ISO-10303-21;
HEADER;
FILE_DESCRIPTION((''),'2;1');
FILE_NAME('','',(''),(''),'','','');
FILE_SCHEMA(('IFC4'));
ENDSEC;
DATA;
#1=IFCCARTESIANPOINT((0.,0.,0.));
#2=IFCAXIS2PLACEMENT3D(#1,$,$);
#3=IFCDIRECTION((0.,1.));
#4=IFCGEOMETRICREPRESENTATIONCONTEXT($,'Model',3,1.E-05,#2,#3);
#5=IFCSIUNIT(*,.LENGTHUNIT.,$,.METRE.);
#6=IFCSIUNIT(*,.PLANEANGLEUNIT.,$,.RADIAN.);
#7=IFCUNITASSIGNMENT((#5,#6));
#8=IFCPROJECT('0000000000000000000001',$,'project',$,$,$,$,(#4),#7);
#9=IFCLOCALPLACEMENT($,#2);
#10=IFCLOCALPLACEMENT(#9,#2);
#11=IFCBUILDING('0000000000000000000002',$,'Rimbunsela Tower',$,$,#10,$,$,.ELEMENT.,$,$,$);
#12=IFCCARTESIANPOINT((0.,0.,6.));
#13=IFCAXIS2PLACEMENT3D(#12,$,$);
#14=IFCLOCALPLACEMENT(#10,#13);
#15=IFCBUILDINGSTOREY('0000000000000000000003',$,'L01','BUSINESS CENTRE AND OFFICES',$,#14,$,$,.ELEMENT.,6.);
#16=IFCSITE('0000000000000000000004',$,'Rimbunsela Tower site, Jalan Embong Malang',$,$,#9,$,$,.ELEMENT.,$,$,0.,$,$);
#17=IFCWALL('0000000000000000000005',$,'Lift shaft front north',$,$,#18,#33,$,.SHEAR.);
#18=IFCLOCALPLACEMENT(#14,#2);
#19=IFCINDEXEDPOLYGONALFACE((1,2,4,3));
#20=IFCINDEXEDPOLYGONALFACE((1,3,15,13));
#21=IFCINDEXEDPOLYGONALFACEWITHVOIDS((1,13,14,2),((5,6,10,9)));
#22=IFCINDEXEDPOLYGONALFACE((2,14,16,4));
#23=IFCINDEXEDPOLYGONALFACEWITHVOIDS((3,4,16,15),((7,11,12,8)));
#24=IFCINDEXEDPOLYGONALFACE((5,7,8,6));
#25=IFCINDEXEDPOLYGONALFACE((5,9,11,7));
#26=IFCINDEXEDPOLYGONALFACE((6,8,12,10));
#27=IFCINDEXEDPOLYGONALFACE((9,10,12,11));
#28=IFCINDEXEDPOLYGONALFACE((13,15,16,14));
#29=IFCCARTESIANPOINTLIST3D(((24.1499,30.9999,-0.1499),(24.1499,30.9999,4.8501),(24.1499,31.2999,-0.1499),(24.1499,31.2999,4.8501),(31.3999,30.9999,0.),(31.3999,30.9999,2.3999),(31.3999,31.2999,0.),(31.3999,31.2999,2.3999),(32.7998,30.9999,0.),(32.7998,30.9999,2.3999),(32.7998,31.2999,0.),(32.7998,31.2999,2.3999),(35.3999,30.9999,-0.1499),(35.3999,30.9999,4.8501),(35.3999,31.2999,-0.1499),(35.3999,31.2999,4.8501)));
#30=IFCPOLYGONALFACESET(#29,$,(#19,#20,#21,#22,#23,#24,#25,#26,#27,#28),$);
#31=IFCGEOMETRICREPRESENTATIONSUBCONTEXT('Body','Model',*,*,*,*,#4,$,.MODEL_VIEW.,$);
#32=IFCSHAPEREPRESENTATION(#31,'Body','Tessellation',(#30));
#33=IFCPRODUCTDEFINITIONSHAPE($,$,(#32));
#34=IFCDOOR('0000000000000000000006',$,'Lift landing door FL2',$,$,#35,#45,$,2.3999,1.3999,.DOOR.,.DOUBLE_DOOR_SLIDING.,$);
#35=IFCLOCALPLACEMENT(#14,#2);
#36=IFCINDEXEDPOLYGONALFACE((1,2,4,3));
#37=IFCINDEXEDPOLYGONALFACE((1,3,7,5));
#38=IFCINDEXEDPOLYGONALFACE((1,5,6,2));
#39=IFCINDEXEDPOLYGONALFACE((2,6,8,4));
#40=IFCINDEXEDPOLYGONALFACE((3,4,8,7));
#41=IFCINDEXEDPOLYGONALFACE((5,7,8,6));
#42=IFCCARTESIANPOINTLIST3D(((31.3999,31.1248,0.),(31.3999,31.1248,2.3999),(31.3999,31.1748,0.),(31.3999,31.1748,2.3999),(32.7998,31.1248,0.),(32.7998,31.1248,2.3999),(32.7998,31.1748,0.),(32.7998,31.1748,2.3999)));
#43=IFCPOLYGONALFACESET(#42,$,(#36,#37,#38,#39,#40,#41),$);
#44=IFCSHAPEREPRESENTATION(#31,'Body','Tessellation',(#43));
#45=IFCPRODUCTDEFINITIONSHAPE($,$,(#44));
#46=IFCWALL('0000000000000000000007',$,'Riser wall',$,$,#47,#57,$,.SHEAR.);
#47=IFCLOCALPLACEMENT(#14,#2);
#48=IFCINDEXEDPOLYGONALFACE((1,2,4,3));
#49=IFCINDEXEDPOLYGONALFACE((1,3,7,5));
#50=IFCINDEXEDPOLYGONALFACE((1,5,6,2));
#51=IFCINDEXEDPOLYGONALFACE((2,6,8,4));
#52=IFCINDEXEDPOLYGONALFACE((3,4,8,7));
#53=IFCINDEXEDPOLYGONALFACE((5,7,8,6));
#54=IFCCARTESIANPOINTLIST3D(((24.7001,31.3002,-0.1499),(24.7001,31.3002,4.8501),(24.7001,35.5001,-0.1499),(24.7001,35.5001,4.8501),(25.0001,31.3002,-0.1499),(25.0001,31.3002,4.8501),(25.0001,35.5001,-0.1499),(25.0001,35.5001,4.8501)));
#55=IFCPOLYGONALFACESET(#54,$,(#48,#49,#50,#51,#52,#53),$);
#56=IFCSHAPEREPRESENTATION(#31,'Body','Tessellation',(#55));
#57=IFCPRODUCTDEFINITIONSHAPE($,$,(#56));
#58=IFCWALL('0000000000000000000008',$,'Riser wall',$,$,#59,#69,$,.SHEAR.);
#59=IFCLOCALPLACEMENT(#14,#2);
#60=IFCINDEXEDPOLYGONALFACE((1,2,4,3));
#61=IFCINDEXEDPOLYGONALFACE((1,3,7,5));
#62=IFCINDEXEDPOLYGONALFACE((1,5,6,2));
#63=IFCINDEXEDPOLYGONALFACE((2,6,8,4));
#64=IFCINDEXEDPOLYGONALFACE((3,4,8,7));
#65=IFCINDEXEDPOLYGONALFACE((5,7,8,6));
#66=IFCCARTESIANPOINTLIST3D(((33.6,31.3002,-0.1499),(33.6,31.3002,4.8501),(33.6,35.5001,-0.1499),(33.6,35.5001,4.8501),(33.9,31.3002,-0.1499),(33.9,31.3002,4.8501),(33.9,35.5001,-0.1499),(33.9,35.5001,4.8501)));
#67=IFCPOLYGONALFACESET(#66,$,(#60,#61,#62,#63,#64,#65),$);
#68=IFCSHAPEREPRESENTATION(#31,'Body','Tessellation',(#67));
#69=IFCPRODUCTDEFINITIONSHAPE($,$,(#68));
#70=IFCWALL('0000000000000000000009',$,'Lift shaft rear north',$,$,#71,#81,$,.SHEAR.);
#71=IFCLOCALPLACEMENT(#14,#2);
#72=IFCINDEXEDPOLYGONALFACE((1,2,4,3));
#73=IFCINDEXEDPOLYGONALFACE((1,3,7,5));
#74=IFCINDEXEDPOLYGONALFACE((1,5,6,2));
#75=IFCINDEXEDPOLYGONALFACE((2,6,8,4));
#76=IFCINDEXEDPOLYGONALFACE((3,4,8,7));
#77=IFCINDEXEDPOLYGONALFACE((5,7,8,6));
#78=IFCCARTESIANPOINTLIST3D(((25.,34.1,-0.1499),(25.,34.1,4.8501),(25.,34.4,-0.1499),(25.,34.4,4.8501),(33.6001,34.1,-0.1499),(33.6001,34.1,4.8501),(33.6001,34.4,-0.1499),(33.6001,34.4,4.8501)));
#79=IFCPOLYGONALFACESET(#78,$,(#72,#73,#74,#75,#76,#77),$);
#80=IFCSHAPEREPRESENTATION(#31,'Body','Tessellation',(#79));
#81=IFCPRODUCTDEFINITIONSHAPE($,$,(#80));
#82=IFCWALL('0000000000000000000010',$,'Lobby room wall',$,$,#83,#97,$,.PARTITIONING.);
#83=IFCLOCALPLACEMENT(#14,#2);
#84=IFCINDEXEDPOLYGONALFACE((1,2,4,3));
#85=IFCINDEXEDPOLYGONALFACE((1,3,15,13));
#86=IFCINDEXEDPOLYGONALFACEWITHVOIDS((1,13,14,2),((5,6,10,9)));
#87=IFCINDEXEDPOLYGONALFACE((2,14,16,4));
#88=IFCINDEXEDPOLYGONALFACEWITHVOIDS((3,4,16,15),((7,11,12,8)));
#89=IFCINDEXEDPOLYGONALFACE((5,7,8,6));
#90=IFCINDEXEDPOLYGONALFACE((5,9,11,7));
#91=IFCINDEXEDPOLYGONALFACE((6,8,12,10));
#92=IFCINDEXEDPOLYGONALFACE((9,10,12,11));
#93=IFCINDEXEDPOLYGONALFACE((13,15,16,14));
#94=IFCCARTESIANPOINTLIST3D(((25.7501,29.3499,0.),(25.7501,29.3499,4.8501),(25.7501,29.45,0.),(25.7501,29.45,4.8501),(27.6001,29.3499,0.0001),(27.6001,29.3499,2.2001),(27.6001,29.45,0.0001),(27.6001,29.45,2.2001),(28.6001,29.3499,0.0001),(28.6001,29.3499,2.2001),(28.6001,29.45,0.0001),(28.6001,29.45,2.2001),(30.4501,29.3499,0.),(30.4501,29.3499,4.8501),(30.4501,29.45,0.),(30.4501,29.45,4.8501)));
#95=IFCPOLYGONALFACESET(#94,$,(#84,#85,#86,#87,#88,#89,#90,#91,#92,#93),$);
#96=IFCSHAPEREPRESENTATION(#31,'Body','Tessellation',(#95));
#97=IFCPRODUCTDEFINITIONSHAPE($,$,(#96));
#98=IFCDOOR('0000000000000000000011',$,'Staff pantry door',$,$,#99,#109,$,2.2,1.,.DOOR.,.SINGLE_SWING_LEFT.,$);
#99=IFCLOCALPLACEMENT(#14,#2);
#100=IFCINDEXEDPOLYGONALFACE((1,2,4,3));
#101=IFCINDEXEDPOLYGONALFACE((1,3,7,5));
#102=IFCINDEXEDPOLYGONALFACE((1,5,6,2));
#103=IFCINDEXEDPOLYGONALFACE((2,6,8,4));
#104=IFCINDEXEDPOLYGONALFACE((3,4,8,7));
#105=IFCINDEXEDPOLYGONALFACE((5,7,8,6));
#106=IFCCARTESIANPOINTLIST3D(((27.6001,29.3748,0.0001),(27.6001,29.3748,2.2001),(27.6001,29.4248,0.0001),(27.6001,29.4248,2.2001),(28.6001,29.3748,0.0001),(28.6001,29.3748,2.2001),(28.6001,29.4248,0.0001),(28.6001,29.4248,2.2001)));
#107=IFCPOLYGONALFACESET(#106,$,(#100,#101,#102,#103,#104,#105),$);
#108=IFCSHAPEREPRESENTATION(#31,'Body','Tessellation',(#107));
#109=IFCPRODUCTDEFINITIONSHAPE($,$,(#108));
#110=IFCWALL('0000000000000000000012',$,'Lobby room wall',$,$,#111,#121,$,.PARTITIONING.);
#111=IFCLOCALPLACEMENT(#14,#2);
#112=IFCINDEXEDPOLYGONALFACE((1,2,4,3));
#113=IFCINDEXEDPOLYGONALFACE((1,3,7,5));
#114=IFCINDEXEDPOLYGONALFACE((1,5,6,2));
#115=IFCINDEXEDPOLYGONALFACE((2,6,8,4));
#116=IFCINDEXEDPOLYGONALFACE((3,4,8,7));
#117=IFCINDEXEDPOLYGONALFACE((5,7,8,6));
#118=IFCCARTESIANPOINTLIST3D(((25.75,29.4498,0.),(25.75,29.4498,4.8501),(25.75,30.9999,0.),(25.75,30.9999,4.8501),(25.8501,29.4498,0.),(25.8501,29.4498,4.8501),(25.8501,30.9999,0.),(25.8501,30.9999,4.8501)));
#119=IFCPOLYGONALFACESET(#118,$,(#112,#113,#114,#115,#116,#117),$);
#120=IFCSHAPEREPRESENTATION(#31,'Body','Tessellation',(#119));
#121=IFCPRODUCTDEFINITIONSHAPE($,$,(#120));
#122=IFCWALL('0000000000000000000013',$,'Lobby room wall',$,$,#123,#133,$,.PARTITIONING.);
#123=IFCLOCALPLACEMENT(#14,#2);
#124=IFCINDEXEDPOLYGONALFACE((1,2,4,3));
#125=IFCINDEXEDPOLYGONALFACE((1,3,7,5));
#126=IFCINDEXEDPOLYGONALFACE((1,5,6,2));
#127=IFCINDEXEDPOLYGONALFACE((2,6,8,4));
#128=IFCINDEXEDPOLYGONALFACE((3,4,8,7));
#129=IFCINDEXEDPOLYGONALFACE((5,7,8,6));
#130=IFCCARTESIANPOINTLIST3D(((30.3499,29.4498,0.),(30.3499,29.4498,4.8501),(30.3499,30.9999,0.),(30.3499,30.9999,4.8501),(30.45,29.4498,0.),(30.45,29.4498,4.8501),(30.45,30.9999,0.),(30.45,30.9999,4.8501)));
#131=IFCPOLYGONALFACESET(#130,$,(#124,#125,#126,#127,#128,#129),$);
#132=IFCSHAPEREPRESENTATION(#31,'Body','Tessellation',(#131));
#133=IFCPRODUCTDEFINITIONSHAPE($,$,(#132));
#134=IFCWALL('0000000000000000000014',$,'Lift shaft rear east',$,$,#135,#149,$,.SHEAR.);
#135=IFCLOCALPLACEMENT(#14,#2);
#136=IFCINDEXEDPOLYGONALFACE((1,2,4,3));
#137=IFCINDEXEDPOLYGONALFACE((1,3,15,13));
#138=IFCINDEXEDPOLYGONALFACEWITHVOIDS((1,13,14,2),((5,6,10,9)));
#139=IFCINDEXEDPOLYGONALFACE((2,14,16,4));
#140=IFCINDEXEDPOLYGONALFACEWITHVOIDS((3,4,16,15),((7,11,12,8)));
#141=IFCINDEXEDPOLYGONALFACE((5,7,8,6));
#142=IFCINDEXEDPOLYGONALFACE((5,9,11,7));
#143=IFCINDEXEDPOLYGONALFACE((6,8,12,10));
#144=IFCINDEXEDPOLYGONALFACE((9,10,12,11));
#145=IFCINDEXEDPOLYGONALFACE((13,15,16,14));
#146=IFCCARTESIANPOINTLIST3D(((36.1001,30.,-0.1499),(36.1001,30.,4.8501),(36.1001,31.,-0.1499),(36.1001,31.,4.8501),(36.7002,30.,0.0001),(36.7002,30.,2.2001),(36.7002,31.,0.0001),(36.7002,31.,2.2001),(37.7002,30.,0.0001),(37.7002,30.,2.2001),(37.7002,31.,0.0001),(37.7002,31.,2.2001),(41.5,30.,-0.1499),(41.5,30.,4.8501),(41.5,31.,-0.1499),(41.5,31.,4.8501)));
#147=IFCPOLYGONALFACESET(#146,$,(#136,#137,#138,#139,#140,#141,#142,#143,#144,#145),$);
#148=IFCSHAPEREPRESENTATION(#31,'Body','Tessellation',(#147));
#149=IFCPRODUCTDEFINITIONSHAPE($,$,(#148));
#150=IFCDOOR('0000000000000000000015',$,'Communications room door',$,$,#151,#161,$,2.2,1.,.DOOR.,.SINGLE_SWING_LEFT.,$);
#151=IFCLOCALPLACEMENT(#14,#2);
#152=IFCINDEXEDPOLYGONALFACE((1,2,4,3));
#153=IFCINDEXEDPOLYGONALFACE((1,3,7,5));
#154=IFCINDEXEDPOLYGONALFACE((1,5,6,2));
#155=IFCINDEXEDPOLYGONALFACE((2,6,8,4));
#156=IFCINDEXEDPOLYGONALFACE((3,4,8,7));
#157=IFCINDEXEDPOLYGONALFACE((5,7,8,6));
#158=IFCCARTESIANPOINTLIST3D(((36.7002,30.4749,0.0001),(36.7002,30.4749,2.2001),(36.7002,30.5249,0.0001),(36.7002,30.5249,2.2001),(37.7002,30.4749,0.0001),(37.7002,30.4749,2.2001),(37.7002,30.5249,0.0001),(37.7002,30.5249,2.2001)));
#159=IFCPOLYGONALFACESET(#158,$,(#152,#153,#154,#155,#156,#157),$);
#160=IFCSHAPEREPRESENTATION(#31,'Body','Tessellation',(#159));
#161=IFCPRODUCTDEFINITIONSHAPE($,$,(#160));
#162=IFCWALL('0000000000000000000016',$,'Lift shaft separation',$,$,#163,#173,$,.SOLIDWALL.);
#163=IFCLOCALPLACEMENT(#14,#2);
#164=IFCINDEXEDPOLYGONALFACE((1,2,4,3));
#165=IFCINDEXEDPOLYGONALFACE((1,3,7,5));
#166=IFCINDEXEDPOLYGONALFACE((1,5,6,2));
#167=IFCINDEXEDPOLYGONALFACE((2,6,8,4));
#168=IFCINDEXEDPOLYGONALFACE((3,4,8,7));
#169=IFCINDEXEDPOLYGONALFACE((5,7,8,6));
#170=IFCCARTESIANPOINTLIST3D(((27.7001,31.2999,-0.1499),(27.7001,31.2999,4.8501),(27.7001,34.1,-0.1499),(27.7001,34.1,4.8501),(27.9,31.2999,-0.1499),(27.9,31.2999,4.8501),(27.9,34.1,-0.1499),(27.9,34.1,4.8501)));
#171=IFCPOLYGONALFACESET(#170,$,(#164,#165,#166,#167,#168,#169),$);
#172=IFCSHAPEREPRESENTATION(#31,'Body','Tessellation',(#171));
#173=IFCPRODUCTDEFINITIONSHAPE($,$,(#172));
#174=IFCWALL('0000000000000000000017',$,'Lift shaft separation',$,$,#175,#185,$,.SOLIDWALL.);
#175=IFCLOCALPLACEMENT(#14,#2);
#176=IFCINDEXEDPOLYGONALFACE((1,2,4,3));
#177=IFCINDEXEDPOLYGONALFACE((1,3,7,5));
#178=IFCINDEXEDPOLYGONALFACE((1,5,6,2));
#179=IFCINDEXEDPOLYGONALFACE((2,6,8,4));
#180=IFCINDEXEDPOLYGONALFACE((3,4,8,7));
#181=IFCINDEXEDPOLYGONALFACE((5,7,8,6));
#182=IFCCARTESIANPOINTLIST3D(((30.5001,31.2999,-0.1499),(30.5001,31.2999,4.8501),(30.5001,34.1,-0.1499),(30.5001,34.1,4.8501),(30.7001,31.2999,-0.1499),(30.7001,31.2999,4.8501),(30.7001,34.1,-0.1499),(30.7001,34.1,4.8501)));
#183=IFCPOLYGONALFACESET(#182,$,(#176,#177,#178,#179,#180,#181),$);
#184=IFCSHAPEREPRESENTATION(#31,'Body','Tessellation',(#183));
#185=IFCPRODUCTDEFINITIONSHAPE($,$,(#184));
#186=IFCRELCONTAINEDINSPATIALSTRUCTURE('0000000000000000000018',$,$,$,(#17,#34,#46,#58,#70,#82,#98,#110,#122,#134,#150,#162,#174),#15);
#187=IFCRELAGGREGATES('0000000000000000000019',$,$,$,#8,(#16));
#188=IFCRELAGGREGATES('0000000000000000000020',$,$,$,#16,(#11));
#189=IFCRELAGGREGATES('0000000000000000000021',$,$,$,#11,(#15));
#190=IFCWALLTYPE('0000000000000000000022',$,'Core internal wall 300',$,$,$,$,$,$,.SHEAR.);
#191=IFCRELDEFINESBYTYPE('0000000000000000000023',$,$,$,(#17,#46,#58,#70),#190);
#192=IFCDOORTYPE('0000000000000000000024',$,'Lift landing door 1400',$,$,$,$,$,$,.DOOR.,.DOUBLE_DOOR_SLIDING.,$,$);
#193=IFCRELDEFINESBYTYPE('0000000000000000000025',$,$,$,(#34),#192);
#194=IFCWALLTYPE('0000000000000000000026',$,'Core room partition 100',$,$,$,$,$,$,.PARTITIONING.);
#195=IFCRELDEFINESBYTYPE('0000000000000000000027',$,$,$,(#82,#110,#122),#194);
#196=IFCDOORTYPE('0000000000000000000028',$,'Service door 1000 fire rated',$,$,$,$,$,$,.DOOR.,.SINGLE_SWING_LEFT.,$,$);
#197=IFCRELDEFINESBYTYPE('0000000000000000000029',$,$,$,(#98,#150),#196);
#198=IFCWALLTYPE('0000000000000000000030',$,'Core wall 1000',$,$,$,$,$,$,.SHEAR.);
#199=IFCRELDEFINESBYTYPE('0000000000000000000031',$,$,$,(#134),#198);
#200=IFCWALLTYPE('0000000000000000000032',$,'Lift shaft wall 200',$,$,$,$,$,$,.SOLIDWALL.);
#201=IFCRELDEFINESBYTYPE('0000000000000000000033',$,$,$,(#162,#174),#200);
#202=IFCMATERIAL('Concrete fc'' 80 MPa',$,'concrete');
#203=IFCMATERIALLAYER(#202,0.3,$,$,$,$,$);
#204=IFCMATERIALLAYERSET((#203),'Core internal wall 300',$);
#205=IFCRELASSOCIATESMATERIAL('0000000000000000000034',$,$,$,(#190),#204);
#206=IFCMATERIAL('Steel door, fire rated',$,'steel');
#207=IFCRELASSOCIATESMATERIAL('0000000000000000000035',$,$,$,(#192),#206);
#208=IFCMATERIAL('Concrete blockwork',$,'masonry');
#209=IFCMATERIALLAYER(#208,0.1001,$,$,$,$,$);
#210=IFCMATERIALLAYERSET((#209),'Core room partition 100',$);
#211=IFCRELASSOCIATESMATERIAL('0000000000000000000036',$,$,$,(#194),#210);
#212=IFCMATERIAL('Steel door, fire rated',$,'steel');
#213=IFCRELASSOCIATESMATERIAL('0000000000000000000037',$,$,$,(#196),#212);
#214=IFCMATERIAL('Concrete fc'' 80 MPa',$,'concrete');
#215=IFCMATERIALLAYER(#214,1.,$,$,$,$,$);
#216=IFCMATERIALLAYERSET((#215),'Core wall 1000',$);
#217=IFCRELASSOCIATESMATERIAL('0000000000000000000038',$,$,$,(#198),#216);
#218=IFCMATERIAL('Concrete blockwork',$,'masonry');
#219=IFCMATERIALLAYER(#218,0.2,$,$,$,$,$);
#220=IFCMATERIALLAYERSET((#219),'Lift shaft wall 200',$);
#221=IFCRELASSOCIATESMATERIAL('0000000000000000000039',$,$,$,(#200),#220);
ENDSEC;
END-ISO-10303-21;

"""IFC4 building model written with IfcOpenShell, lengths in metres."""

from ifc_helpers import new_model, si_unit, direction, frame, frame_2d, origin, place, context, subcontext, project, spatial, rectangle, extrude, material, layer, layer_set, type_object, element, fill, save


model = new_model("IFC4")

# Units and contexts
model_context = context("Model", 3, precision=1e-05, world=origin(), true_north=direction((0.0, 1.0)))
body_context = subcontext(model_context, "Body", "Model", "MODEL_VIEW")
ifc_project = project(units=[si_unit("LENGTHUNIT", "METRE"), si_unit("PLANEANGLEUNIT", "RADIAN")], contexts=[model_context])

# Site, building, storey
site_placement = place(None, origin())
site = spatial("IfcSite", under=ifc_project, at=site_placement, Name="Rimbunsela Tower site, Jalan Embong Malang", CompositionType="ELEMENT", RefElevation=0.0)
building_placement = place(site_placement, origin())
building = spatial("IfcBuilding", under=site, at=building_placement, Name="Rimbunsela Tower", CompositionType="ELEMENT")
storey_placement = place(building_placement, frame((0.0, 0.0, 6.0)))
storey = spatial("IfcBuildingStorey", under=building, at=storey_placement, Name="L01", Description="BUSINESS CENTRE AND OFFICES", CompositionType="ELEMENT", Elevation=6.0)

# Shared definitions
ifc_material_1 = material(Name="Concrete fc' 80 MPa", Category="concrete")
ifc_layer_1 = layer(ifc_material_1, 0.3)
ifc_layer_set_1 = layer_set([ifc_layer_1], Name="Core internal wall 300")
wall_type_1 = type_object("IfcWallType", Name="Core internal wall 300", PredefinedType="SHEAR", material=ifc_layer_set_1)

# Wall, opening, door
wall_1_placement = place(storey_placement, frame((24.1499, 31.1499, -0.1499), z_axis=(0.0, 0.0, 1.0), x_axis=(1.0, 0.0, 0.0)))
wall_1 = element("IfcWall", 1, at=wall_1_placement, inside=storey, type_object=wall_type_1, Name="Lift shaft front north", PredefinedType="SHEAR", context=body_context, shape_type="SweptSolid", body=[
    extrude(rectangle(XDim=11.25, YDim=0.3, at=frame_2d((5.625, 0.0))), origin(), (0.0, 0.0, 1.0), 5.0),
])
opening_1_placement = place(wall_1_placement, frame((7.25, 0.0, 0.1499)))
opening_1 = element("IfcOpeningElement", 2, at=opening_1_placement, cuts=wall_1, PredefinedType="OPENING", context=body_context, shape_type="SweptSolid", body=[
    extrude(rectangle(XDim=1.3999, YDim=2.3999, at=frame_2d((0.7, 1.2))), frame((0.0, 0.1599, 0.0), z_axis=(0.0, -1.0, 0.0), x_axis=(1.0, 0.0, 0.0)), (0.0, 0.0, 1.0), 0.3201),
])
ifc_material_2 = material(Name="Steel door, fire rated", Category="steel")
door_type_1 = type_object("IfcDoorType", Name="Lift landing door 1400", OperationType="DOUBLE_DOOR_SLIDING", PredefinedType="DOOR", material=ifc_material_2)
door_1_placement = place(opening_1_placement, origin())
door_1 = element("IfcDoor", 3, at=door_1_placement, inside=storey, type_object=door_type_1, Name="Lift landing door FL2", OperationType="DOUBLE_DOOR_SLIDING", OverallHeight=2.3999, OverallWidth=1.3999, PredefinedType="DOOR", context=body_context, shape_type="SweptSolid", body=[
    extrude(rectangle(XDim=1.3999, YDim=2.3999, at=frame_2d((0.7, 1.2))), frame((0.0, 0.0249, 0.0), z_axis=(0.0, -1.0, 0.0), x_axis=(1.0, 0.0, 0.0)), (0.0, 0.0, 1.0), 0.05),
])
fill(opening_1, door_1)

# Walls
for number, where, z_axis, x_axis, name in (
    (4, (24.8501, 31.3, -0.1499), (0.0, 0.0, 1.0), (0.0, 1.0, 0.0), "Riser wall"),
    (5, (33.75, 31.3, -0.1499), (0.0, 0.0, 1.0), (0.0, 1.0, 0.0), "Riser wall"),
):
    element("IfcWall", number, at=place(storey_placement, frame(where, z_axis=z_axis, x_axis=x_axis)), inside=storey, type_object=wall_type_1, Name=name, PredefinedType="SHEAR", context=body_context, shape_type="SweptSolid", body=[
        extrude(rectangle(XDim=4.2, YDim=0.3, at=frame_2d((2.1001, 0.0))), origin(), (0.0, 0.0, 1.0), 5.0),
    ])
wall_2_placement = place(storey_placement, frame((25.0, 34.25, -0.1499), z_axis=(0.0, 0.0, 1.0), x_axis=(1.0, 0.0, 0.0)))
element("IfcWall", 6, at=wall_2_placement, inside=storey, type_object=wall_type_1, Name="Lift shaft rear north", PredefinedType="SHEAR", context=body_context, shape_type="SweptSolid", body=[
    extrude(rectangle(XDim=8.6001, YDim=0.3, at=frame_2d((4.3, 0.0))), origin(), (0.0, 0.0, 1.0), 5.0),
])

# Wall, opening, door
ifc_material_3 = material(Name="Concrete blockwork", Category="masonry")
ifc_layer_2 = layer(ifc_material_3, 0.1001)
ifc_layer_set_2 = layer_set([ifc_layer_2], Name="Core room partition 100")
wall_type_2 = type_object("IfcWallType", Name="Core room partition 100", PredefinedType="PARTITIONING", material=ifc_layer_set_2)
wall_3_placement = place(storey_placement, frame((25.75, 29.3999, 0.0), z_axis=(0.0, 0.0, 1.0), x_axis=(1.0, 0.0, 0.0)))
wall_3 = element("IfcWall", 7, at=wall_3_placement, inside=storey, type_object=wall_type_2, Name="Lobby room wall", PredefinedType="PARTITIONING", context=body_context, shape_type="SweptSolid", body=[
    extrude(rectangle(XDim=4.7, YDim=0.1001, at=frame_2d((2.3501, 0.0))), origin(), (0.0, 0.0, 1.0), 4.8501),
])
opening_2_placement = place(wall_3_placement, frame((1.8501, 0.0, 0.0)))
opening_2 = element("IfcOpeningElement", 8, at=opening_2_placement, cuts=wall_3, PredefinedType="OPENING", context=body_context, shape_type="SweptSolid", body=[
    extrude(rectangle(XDim=1.0, YDim=2.2, at=frame_2d((0.5, 1.1001))), frame((0.0, 0.0601, 0.0), z_axis=(0.0, -1.0, 0.0), x_axis=(1.0, 0.0, 0.0)), (0.0, 0.0, 1.0), 0.1201),
])
ifc_material_4 = material(Name="Steel door, fire rated", Category="steel")
door_type_2 = type_object("IfcDoorType", Name="Service door 1000 fire rated", OperationType="SINGLE_SWING_LEFT", PredefinedType="DOOR", material=ifc_material_4)
door_2_placement = place(opening_2_placement, origin())
door_2 = element("IfcDoor", 9, at=door_2_placement, inside=storey, type_object=door_type_2, Name="Staff pantry door", OperationType="SINGLE_SWING_LEFT", OverallHeight=2.2, OverallWidth=1.0, PredefinedType="DOOR", context=body_context, shape_type="SweptSolid", body=[
    extrude(rectangle(XDim=1.0, YDim=2.2, at=frame_2d((0.5, 1.1001))), frame((0.0, 0.0249, 0.0), z_axis=(0.0, -1.0, 0.0), x_axis=(1.0, 0.0, 0.0)), (0.0, 0.0, 1.0), 0.05),
])
fill(opening_2, door_2)

# Walls
for number, where, z_axis, x_axis, name in (
    (10, (25.8, 29.45, 0.0), (0.0, 0.0, 1.0), (0.0, 1.0, 0.0), "Lobby room wall"),
    (11, (30.3999, 29.45, 0.0), (0.0, 0.0, 1.0), (0.0, 1.0, 0.0), "Lobby room wall"),
):
    element("IfcWall", number, at=place(storey_placement, frame(where, z_axis=z_axis, x_axis=x_axis)), inside=storey, type_object=wall_type_2, Name=name, PredefinedType="PARTITIONING", context=body_context, shape_type="SweptSolid", body=[
        extrude(rectangle(XDim=1.55, YDim=0.1001, at=frame_2d((0.7749, 0.0))), origin(), (0.0, 0.0, 1.0), 4.8501),
    ])

# Wall, opening, door
ifc_material_5 = material(Name="Concrete fc' 80 MPa", Category="concrete")
ifc_layer_3 = layer(ifc_material_5, 1.0)
ifc_layer_set_3 = layer_set([ifc_layer_3], Name="Core wall 1000")
wall_type_3 = type_object("IfcWallType", Name="Core wall 1000", PredefinedType="SHEAR", material=ifc_layer_set_3)
wall_4_placement = place(storey_placement, frame((36.1001, 30.5, -0.1499), z_axis=(0.0, 0.0, 1.0), x_axis=(1.0, 0.0, 0.0)))
wall_4 = element("IfcWall", 12, at=wall_4_placement, inside=storey, type_object=wall_type_3, Name="Lift shaft rear east", PredefinedType="SHEAR", context=body_context, shape_type="SweptSolid", body=[
    extrude(rectangle(XDim=5.3999, YDim=1.0, at=frame_2d((2.7, 0.0))), origin(), (0.0, 0.0, 1.0), 5.0),
])
opening_3_placement = place(wall_4_placement, frame((0.6001, 0.0, 0.1499)))
opening_3 = element("IfcOpeningElement", 13, at=opening_3_placement, cuts=wall_4, PredefinedType="OPENING", context=body_context, shape_type="SweptSolid", body=[
    extrude(rectangle(XDim=1.0, YDim=2.2, at=frame_2d((0.5, 1.1001))), frame((0.0, 0.51, 0.0), z_axis=(0.0, -1.0, 0.0), x_axis=(1.0, 0.0, 0.0)), (0.0, 0.0, 1.0), 1.02),
])
door_3_placement = place(opening_3_placement, origin())
door_3 = element("IfcDoor", 14, at=door_3_placement, inside=storey, type_object=door_type_2, Name="Communications room door", OperationType="SINGLE_SWING_LEFT", OverallHeight=2.2, OverallWidth=1.0, PredefinedType="DOOR", context=body_context, shape_type="SweptSolid", body=[
    extrude(rectangle(XDim=1.0, YDim=2.2, at=frame_2d((0.5, 1.1001))), frame((0.0, 0.0249, 0.0), z_axis=(0.0, -1.0, 0.0), x_axis=(1.0, 0.0, 0.0)), (0.0, 0.0, 1.0), 0.05),
])
fill(opening_3, door_3)

# Walls
ifc_material_6 = material(Name="Concrete blockwork", Category="masonry")
ifc_layer_4 = layer(ifc_material_6, 0.2)
ifc_layer_set_4 = layer_set([ifc_layer_4], Name="Lift shaft wall 200")
wall_type_4 = type_object("IfcWallType", Name="Lift shaft wall 200", PredefinedType="SOLIDWALL", material=ifc_layer_set_4)
for number, where, z_axis, x_axis, name in (
    (15, (27.8, 31.3, -0.1499), (0.0, 0.0, 1.0), (0.0, 1.0, 0.0), "Lift shaft separation"),
    (16, (30.6001, 31.3, -0.1499), (0.0, 0.0, 1.0), (0.0, 1.0, 0.0), "Lift shaft separation"),
):
    element("IfcWall", number, at=place(storey_placement, frame(where, z_axis=z_axis, x_axis=x_axis)), inside=storey, type_object=wall_type_4, Name=name, PredefinedType="SOLIDWALL", context=body_context, shape_type="SweptSolid", body=[
        extrude(rectangle(XDim=2.8, YDim=0.2, at=frame_2d((1.3999, 0.0))), origin(), (0.0, 0.0, 1.0), 5.0),
    ])

save(model, "model.ifc")
